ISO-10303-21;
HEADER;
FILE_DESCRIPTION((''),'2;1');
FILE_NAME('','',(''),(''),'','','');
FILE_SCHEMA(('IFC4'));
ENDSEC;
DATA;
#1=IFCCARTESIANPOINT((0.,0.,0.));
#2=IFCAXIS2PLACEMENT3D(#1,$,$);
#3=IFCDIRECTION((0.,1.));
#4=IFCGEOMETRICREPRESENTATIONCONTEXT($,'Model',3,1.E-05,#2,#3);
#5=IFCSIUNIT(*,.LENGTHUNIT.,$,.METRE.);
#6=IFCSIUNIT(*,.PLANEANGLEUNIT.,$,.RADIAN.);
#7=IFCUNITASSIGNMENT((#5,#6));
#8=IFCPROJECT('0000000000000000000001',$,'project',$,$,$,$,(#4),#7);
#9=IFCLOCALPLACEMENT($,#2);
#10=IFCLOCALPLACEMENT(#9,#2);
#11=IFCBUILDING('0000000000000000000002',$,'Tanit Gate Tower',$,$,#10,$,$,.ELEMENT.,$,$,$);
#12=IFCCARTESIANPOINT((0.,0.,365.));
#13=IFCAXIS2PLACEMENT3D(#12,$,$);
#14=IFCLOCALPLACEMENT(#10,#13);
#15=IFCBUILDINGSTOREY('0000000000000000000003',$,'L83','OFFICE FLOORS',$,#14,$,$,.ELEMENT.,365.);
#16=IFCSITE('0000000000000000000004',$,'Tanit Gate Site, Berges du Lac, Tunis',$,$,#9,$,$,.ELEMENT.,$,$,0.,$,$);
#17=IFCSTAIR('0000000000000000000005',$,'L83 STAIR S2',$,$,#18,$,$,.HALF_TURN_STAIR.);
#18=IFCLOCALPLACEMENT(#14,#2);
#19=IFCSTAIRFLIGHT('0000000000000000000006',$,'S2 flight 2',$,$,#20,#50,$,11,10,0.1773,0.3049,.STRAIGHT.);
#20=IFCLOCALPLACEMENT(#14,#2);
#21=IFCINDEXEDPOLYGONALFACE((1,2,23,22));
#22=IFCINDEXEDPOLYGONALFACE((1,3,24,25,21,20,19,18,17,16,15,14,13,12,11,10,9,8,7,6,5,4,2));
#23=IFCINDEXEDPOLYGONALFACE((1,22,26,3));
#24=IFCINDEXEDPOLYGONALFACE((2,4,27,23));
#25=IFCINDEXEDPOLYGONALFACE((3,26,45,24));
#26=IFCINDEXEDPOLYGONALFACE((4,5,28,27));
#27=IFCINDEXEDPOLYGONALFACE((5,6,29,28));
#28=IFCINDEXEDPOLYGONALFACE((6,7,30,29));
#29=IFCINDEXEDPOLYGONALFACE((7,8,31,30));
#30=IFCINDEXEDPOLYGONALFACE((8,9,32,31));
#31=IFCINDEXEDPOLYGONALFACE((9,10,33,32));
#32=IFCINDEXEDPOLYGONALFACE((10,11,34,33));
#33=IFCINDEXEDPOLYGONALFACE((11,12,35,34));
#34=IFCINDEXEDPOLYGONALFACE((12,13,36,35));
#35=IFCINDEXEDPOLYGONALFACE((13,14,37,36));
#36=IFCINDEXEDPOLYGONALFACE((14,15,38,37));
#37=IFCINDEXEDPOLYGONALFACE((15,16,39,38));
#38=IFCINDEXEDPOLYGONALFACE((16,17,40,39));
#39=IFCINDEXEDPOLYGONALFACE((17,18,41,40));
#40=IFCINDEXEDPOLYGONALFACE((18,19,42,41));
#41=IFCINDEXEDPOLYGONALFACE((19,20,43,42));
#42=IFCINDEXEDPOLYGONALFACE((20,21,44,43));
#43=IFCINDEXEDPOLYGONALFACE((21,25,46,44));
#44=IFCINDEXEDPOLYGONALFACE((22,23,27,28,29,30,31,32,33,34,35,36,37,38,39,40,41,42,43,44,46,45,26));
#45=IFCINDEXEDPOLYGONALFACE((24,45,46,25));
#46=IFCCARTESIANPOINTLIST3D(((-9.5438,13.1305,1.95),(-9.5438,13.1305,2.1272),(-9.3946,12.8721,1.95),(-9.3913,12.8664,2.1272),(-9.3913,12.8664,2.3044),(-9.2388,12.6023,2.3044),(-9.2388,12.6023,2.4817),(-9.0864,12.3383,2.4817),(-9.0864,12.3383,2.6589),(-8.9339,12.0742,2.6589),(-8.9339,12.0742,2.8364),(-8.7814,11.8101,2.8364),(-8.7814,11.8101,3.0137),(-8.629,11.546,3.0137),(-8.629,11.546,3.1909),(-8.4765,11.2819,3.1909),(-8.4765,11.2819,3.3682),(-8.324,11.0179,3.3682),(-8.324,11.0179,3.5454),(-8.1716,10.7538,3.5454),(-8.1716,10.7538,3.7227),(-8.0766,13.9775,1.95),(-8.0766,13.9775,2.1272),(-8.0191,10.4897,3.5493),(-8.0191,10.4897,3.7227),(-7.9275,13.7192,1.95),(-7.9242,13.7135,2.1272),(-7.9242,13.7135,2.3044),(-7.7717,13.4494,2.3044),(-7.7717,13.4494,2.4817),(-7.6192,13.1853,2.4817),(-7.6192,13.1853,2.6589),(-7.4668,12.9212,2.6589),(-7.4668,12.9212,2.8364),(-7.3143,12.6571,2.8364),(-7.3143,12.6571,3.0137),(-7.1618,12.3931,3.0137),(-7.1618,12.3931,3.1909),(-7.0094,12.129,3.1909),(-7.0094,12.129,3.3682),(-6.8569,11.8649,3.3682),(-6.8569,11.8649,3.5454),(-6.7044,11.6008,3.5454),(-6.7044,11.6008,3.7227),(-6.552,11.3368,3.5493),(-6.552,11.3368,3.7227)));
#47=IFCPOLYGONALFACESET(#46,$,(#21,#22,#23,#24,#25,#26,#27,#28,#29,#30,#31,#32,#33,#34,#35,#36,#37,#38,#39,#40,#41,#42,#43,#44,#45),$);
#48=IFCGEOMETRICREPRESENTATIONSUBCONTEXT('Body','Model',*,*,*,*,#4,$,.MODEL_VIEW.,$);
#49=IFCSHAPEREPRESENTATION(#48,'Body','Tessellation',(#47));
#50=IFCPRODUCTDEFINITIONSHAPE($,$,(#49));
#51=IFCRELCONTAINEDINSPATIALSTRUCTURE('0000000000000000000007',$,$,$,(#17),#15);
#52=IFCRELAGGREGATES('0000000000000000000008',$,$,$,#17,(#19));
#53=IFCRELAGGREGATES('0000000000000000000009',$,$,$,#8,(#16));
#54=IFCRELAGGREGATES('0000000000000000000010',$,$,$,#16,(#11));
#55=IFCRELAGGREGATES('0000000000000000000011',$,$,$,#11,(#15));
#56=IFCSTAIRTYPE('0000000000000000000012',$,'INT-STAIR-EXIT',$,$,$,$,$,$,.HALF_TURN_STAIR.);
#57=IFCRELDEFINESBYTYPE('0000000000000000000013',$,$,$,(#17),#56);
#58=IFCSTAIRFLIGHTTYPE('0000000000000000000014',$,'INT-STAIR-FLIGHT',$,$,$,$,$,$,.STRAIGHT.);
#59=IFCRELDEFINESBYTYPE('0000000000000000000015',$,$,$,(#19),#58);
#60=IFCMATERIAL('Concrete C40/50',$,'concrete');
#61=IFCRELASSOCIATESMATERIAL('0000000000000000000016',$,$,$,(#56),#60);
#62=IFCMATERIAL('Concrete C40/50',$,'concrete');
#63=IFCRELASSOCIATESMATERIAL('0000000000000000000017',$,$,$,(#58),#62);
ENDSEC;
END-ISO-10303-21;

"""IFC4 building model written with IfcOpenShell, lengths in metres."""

from ifc_helpers import new_model, si_unit, direction, frame, origin, place, context, subcontext, project, spatial, polyline, outline, extrude, material, type_object, element, aggregate, save


model = new_model("IFC4")

# Units and contexts
model_context = context("Model", 3, precision=1e-05, world=origin(), true_north=direction((0.0, 1.0)))
body_context = subcontext(model_context, "Body", "Model", "MODEL_VIEW")
ifc_project = project(units=[si_unit("LENGTHUNIT", "METRE"), si_unit("PLANEANGLEUNIT", "RADIAN")], contexts=[model_context])

# Site, building, storey
site_placement = place(None, origin())
site = spatial("IfcSite", under=ifc_project, at=site_placement, Name="Tanit Gate Site, Berges du Lac, Tunis", CompositionType="ELEMENT", RefElevation=0.0)
building_placement = place(site_placement, origin())
building = spatial("IfcBuilding", under=site, at=building_placement, Name="Tanit Gate Tower", CompositionType="ELEMENT")
storey_placement = place(building_placement, frame((0.0, 0.0, 365.0)))
storey = spatial("IfcBuildingStorey", under=building, at=storey_placement, Name="L83", Description="OFFICE FLOORS", CompositionType="ELEMENT", Elevation=365.0)

# Stair, stair flight
ifc_material_1 = material(Name="Concrete C40/50", Category="concrete")
stair_type = type_object("IfcStairType", Name="INT-STAIR-EXIT", PredefinedType="HALF_TURN_STAIR", material=ifc_material_1)
stair_placement = place(storey_placement, origin())
stair = element("IfcStair", 1, at=stair_placement, inside=storey, type_object=stair_type, Name="L83 STAIR S2", PredefinedType="HALF_TURN_STAIR")
ifc_material_2 = material(Name="Concrete C40/50", Category="concrete")
stair_flight_type = type_object("IfcStairFlightType", Name="INT-STAIR-FLIGHT", PredefinedType="STRAIGHT", material=ifc_material_2)
stair_flight_placement = place(storey_placement, frame((-8.8103, 13.554, 1.95), z_axis=(0.0, 0.0, 1.0), x_axis=(0.5, -0.866025, 0.0)))
stair_flight = element("IfcStairFlight", 2, at=stair_flight_placement, type_object=stair_flight_type, Name="S2 flight 2", NumberOfRisers=11, NumberOfTreads=10, PredefinedType="STRAIGHT", RiserHeight=0.1773, TreadLength=0.3049, context=body_context, shape_type="SweptSolid", body=[
    extrude(outline(polyline([(0.0, 0.0), (0.0, 0.1772), (0.3049, 0.1772), (0.3049, 0.3545), (0.6099, 0.3545), (0.6099, 0.5317), (0.9148, 0.5317), (0.9148, 0.709), (1.2197, 0.709), (1.2197, 0.8865), (1.5247, 0.8865), (1.5247, 1.0637), (1.8296, 1.0637), (1.8296, 1.241), (2.1345, 1.241), (2.1345, 1.4182), (2.4395, 1.4182), (2.4395, 1.5955), (2.7444, 1.5955), (2.7444, 1.7727), (3.0493, 1.7727), (3.0493, 1.95), (3.0493, 1.5994), (0.2983, 0.0), (0.0, 0.0)])), frame((0.0, 0.8472, 0.0), z_axis=(0.0, -1.0, 0.0), x_axis=(1.0, 0.0, 0.0)), (0.0, 0.0, 1.0), 1.6941),
])
aggregate(stair, [stair_flight])

save(model, "model.ifc")
